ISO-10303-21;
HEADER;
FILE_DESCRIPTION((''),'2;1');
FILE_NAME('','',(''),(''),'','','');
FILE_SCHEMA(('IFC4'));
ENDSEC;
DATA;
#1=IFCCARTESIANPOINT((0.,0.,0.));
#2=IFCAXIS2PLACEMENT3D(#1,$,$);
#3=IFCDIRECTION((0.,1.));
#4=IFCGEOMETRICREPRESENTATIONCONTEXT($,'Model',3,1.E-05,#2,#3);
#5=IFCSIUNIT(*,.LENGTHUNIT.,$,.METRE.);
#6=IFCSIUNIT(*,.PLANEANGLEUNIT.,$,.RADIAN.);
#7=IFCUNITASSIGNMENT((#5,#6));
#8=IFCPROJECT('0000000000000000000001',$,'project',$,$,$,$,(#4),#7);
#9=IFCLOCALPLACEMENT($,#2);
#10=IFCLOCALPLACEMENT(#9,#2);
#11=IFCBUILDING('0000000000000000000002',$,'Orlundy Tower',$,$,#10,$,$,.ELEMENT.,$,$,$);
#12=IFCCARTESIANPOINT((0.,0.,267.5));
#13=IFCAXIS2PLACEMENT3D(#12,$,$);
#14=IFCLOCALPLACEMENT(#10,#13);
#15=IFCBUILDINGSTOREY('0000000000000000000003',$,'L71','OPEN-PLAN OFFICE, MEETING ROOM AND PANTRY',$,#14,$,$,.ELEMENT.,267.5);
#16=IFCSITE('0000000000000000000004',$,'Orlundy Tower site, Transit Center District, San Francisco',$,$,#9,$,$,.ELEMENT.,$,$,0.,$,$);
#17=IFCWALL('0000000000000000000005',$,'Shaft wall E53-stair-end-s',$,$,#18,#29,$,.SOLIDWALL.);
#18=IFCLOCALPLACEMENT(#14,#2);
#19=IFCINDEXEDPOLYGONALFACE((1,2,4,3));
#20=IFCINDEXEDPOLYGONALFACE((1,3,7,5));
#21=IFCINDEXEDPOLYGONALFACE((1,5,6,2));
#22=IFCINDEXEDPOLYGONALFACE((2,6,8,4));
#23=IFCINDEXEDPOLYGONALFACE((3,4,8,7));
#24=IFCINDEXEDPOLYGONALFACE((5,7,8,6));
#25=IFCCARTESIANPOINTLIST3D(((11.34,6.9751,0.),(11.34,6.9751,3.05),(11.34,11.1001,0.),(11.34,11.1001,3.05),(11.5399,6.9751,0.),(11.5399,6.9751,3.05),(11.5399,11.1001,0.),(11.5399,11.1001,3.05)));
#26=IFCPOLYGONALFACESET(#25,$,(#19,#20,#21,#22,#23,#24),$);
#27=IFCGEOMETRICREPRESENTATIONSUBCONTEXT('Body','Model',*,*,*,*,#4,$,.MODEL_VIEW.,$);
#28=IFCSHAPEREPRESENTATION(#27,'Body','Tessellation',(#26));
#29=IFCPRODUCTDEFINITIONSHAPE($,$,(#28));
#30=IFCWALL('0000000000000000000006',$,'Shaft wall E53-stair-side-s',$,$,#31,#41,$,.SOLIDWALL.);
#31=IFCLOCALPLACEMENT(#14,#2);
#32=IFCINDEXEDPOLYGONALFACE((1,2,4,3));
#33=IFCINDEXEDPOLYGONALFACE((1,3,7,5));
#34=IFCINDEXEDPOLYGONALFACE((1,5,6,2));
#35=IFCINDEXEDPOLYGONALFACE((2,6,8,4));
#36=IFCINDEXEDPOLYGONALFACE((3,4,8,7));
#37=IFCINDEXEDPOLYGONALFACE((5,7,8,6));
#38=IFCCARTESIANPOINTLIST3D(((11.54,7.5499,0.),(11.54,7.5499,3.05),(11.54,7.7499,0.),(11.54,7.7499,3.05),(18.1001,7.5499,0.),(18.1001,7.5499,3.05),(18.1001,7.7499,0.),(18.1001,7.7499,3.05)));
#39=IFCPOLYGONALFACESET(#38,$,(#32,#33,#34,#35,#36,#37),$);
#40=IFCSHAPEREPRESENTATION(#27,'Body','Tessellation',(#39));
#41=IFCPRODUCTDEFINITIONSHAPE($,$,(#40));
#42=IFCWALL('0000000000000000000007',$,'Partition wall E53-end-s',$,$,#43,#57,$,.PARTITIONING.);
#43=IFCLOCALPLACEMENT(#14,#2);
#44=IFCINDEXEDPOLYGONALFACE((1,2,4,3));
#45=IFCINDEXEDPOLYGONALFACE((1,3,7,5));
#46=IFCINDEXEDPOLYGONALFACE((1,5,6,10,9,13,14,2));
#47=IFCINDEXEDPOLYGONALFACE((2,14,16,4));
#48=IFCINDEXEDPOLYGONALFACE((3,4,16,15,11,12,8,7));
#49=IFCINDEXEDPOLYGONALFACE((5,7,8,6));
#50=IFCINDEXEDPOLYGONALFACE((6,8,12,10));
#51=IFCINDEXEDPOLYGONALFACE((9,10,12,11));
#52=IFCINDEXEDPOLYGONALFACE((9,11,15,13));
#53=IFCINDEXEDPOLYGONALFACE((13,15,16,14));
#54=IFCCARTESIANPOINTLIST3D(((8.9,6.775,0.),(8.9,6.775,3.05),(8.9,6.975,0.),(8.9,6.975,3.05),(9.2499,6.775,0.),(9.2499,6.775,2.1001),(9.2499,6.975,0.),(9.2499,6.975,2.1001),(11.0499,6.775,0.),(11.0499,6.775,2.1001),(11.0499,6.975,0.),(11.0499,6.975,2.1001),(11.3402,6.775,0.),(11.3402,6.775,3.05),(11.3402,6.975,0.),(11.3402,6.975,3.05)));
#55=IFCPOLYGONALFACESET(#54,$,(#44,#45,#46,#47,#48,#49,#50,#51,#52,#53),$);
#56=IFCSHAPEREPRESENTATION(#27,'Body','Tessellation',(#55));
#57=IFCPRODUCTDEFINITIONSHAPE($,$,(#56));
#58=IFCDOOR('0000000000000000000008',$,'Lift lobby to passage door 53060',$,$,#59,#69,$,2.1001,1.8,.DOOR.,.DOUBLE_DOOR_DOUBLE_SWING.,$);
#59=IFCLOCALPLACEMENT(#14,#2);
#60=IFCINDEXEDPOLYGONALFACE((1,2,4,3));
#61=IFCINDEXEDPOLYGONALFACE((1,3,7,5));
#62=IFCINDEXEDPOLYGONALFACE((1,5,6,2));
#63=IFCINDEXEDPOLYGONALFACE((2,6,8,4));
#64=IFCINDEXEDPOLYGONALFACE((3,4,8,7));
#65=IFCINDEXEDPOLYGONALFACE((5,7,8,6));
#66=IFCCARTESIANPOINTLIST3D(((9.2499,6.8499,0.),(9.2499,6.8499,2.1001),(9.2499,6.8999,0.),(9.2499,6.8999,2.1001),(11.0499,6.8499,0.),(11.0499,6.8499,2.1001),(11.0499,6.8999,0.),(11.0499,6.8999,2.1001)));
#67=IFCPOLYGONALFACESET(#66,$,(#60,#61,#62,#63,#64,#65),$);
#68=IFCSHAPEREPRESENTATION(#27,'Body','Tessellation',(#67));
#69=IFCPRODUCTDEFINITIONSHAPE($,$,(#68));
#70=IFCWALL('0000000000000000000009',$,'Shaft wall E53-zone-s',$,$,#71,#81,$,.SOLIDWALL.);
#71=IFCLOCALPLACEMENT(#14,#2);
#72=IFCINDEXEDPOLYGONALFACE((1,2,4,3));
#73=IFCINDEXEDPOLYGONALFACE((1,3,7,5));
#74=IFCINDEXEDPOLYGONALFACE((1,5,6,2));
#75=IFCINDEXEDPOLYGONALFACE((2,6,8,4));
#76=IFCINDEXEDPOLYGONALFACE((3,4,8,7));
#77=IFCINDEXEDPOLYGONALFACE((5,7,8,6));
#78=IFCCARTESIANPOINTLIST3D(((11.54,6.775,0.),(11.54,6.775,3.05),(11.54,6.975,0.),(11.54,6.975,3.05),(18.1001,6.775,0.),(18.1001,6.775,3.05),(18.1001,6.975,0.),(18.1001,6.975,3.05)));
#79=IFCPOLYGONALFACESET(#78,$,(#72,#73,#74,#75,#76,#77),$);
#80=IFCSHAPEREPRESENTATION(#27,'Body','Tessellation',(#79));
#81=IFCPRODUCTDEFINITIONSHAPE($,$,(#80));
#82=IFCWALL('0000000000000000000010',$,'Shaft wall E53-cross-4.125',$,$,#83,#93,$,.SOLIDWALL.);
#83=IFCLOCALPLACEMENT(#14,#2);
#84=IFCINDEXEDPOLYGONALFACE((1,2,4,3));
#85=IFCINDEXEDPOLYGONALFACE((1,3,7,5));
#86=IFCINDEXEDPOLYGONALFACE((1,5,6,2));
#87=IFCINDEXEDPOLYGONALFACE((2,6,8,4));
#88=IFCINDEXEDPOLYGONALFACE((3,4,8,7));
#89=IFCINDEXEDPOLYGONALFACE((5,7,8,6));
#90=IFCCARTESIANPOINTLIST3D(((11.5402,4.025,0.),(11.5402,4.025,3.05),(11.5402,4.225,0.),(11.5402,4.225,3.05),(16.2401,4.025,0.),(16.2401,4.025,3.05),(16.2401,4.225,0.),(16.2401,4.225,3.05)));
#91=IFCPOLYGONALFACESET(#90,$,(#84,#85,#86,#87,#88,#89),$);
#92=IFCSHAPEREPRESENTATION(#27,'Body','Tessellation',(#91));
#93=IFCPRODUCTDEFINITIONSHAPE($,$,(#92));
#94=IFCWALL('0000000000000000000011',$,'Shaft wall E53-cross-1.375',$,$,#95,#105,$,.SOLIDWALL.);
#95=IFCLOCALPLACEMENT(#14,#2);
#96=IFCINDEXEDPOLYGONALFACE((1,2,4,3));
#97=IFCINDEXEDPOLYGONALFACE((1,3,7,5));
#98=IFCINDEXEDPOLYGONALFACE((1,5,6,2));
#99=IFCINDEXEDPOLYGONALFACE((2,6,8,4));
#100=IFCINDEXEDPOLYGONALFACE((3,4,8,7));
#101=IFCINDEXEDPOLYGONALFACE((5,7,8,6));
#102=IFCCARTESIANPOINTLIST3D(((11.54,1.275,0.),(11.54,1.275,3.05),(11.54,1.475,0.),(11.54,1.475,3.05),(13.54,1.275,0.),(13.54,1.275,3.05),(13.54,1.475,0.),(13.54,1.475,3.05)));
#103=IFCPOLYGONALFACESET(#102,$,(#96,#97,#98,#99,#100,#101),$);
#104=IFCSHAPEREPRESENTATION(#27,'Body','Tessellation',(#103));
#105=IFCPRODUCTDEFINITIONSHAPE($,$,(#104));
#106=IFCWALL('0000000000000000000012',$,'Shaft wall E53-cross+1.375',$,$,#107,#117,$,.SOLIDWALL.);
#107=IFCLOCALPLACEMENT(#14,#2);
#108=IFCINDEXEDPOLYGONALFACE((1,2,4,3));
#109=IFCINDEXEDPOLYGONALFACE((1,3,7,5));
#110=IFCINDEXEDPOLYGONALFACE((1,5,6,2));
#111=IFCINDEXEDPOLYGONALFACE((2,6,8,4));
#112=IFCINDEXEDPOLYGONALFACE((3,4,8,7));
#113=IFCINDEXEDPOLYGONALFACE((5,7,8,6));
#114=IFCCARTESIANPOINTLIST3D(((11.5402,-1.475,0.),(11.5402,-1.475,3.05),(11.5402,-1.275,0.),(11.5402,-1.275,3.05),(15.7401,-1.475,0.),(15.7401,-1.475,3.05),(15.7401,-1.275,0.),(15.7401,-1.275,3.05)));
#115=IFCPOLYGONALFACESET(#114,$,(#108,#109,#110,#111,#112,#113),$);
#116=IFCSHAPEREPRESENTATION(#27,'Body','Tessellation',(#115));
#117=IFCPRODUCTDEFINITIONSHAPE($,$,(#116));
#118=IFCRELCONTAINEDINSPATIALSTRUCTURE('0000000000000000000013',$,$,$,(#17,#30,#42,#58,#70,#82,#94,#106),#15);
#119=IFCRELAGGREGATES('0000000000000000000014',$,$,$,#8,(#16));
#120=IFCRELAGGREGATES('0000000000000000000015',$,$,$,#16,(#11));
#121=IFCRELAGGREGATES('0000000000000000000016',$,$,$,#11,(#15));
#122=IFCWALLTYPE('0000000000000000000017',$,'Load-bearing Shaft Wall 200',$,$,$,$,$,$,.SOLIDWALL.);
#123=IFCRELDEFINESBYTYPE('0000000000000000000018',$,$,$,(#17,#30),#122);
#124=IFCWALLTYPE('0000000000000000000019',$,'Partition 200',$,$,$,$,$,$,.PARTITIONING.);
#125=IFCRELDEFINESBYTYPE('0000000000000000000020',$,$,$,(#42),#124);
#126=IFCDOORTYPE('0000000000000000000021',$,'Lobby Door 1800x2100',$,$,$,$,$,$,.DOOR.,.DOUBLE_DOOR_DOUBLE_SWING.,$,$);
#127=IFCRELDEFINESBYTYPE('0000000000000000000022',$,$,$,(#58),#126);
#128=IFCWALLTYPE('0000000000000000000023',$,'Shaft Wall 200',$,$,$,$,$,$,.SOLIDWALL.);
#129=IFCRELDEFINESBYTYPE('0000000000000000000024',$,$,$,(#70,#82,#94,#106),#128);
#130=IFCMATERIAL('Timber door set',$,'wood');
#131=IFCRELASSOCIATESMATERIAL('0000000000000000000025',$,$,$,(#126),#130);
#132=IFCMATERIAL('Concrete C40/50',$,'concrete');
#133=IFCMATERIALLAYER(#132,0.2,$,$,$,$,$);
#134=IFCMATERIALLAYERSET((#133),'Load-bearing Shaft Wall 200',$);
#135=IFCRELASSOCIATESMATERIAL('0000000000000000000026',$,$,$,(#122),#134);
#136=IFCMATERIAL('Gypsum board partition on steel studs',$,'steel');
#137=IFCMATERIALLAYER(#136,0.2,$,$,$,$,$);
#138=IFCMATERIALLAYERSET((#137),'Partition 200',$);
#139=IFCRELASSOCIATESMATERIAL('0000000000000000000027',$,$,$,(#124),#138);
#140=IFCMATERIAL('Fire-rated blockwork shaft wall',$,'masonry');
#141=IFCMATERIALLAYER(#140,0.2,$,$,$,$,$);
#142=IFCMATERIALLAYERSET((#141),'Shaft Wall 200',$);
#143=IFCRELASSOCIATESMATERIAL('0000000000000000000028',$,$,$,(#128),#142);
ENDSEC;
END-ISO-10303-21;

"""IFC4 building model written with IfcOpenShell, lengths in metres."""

from ifc_helpers import new_model, si_unit, direction, frame, frame_2d, origin, place, context, subcontext, project, spatial, rectangle, extrude, material, layer, layer_set, type_object, element, fill, save


model = new_model("IFC4")

# Units and contexts
model_context = context("Model", 3, precision=1e-05, world=origin(), true_north=direction((0.0, 1.0)))
body_context = subcontext(model_context, "Body", "Model", "MODEL_VIEW")
ifc_project = project(units=[si_unit("LENGTHUNIT", "METRE"), si_unit("PLANEANGLEUNIT", "RADIAN")], contexts=[model_context])

# Site, building, storey
site_placement = place(None, origin())
site = spatial("IfcSite", under=ifc_project, at=site_placement, Name="Orlundy Tower site, Transit Center District, San Francisco", CompositionType="ELEMENT", RefElevation=0.0)
building_placement = place(site_placement, origin())
building = spatial("IfcBuilding", under=site, at=building_placement, Name="Orlundy Tower", CompositionType="ELEMENT")
storey_placement = place(building_placement, frame((0.0, 0.0, 267.5)))
storey = spatial("IfcBuildingStorey", under=building, at=storey_placement, Name="L71", Description="OPEN-PLAN OFFICE, MEETING ROOM AND PANTRY", CompositionType="ELEMENT", Elevation=267.5)

# Shared definitions
ifc_material_1 = material(Name="Timber door set", Category="wood")
door_type_1 = type_object("IfcDoorType", Name="Lobby Door 1800x2100", OperationType="DOUBLE_DOOR_DOUBLE_SWING", PredefinedType="DOOR", material=ifc_material_1)

# Walls
ifc_material_2 = material(Name="Concrete C40/50", Category="concrete")
ifc_layer_1 = layer(ifc_material_2, 0.2)
ifc_layer_set_1 = layer_set([ifc_layer_1], Name="Load-bearing Shaft Wall 200")
wall_type_1 = type_object("IfcWallType", Name="Load-bearing Shaft Wall 200", PredefinedType="SOLIDWALL", material=ifc_layer_set_1)
wall_1_placement = place(storey_placement, frame((11.4399, 11.1001, 0.0), z_axis=(0.0, 0.0, 1.0), x_axis=(0.0, -1.0, 0.0)))
element("IfcWall", 1, at=wall_1_placement, inside=storey, type_object=wall_type_1, Name="Shaft wall E53-stair-end-s", PredefinedType="SOLIDWALL", context=body_context, shape_type="SweptSolid", body=[
    extrude(rectangle(XDim=4.125, YDim=0.2, at=frame_2d((2.0625, 0.0))), origin(), (0.0, 0.0, 1.0), 3.05),
])
wall_2_placement = place(storey_placement, frame((11.54, 7.6499, 0.0), z_axis=(0.0, 0.0, 1.0), x_axis=(1.0, 0.0, 0.0)))
element("IfcWall", 2, at=wall_2_placement, inside=storey, type_object=wall_type_1, Name="Shaft wall E53-stair-side-s", PredefinedType="SOLIDWALL", context=body_context, shape_type="SweptSolid", body=[
    extrude(rectangle(XDim=6.5601, YDim=0.2, at=frame_2d((3.28, 0.0))), origin(), (0.0, 0.0, 1.0), 3.05),
])

# Wall, opening, door
ifc_material_3 = material(Name="Gypsum board partition on steel studs", Category="steel")
ifc_layer_2 = layer(ifc_material_3, 0.2)
ifc_layer_set_2 = layer_set([ifc_layer_2], Name="Partition 200")
wall_type_2 = type_object("IfcWallType", Name="Partition 200", PredefinedType="PARTITIONING", material=ifc_layer_set_2)
wall_3_placement = place(storey_placement, frame((8.8999, 6.875, 0.0), z_axis=(0.0, 0.0, 1.0), x_axis=(1.0, 0.0, 0.0)))
wall_3 = element("IfcWall", 3, at=wall_3_placement, inside=storey, type_object=wall_type_2, Name="Partition wall E53-end-s", PredefinedType="PARTITIONING", context=body_context, shape_type="SweptSolid", body=[
    extrude(rectangle(XDim=2.4402, YDim=0.2, at=frame_2d((1.2202, 0.0))), origin(), (0.0, 0.0, 1.0), 3.05),
])
opening_1_placement = place(wall_3_placement, frame((0.3501, 0.0, 0.0)))
opening_1 = element("IfcOpeningElement", 4, at=opening_1_placement, cuts=wall_3, PredefinedType="OPENING", context=body_context, shape_type="SweptSolid", body=[
    extrude(rectangle(XDim=1.8, YDim=2.1001, at=frame_2d((0.8999, 1.05))), frame((0.0, 0.1101, 0.0), z_axis=(0.0, -1.0, 0.0), x_axis=(1.0, 0.0, 0.0)), (0.0, 0.0, 1.0), 0.2202),
])
door_1_placement = place(opening_1_placement, origin())
door_1 = element("IfcDoor", 5, at=door_1_placement, inside=storey, type_object=door_type_1, Name="Lift lobby to passage door 53060", OperationType="DOUBLE_DOOR_DOUBLE_SWING", OverallHeight=2.1001, OverallWidth=1.8, PredefinedType="DOOR", context=body_context, shape_type="SweptSolid", body=[
    extrude(rectangle(XDim=1.8, YDim=2.1001, at=frame_2d((0.8999, 1.05))), frame((0.0, 0.0249, 0.0), z_axis=(0.0, -1.0, 0.0), x_axis=(1.0, 0.0, 0.0)), (0.0, 0.0, 1.0), 0.05),
])
fill(opening_1, door_1)

# Walls
ifc_material_4 = material(Name="Fire-rated blockwork shaft wall", Category="masonry")
ifc_layer_3 = layer(ifc_material_4, 0.2)
ifc_layer_set_3 = layer_set([ifc_layer_3], Name="Shaft Wall 200")
wall_type_3 = type_object("IfcWallType", Name="Shaft Wall 200", PredefinedType="SOLIDWALL", material=ifc_layer_set_3)
wall_4_placement = place(storey_placement, frame((11.54, 6.875, 0.0), z_axis=(0.0, 0.0, 1.0), x_axis=(1.0, 0.0, 0.0)))
element("IfcWall", 6, at=wall_4_placement, inside=storey, type_object=wall_type_3, Name="Shaft wall E53-zone-s", PredefinedType="SOLIDWALL", context=body_context, shape_type="SweptSolid", body=[
    extrude(rectangle(XDim=6.5601, YDim=0.2, at=frame_2d((3.28, 0.0))), origin(), (0.0, 0.0, 1.0), 3.05),
])
wall_5_placement = place(storey_placement, frame((11.54, 4.125, 0.0), z_axis=(0.0, 0.0, 1.0), x_axis=(1.0, 0.0, 0.0)))
element("IfcWall", 7, at=wall_5_placement, inside=storey, type_object=wall_type_3, Name="Shaft wall E53-cross-4.125", PredefinedType="SOLIDWALL", context=body_context, shape_type="SweptSolid", body=[
    extrude(rectangle(XDim=4.7, YDim=0.2, at=frame_2d((2.3501, 0.0))), origin(), (0.0, 0.0, 1.0), 3.05),
])
wall_6_placement = place(storey_placement, frame((11.54, 1.375, 0.0), z_axis=(0.0, 0.0, 1.0), x_axis=(1.0, 0.0, 0.0)))
element("IfcWall", 8, at=wall_6_placement, inside=storey, type_object=wall_type_3, Name="Shaft wall E53-cross-1.375", PredefinedType="SOLIDWALL", context=body_context, shape_type="SweptSolid", body=[
    extrude(rectangle(XDim=2.0, YDim=0.2, at=frame_2d((1.0, 0.0))), origin(), (0.0, 0.0, 1.0), 3.05),
])
wall_7_placement = place(storey_placement, frame((11.54, -1.375, 0.0), z_axis=(0.0, 0.0, 1.0), x_axis=(1.0, 0.0, 0.0)))
element("IfcWall", 9, at=wall_7_placement, inside=storey, type_object=wall_type_3, Name="Shaft wall E53-cross+1.375", PredefinedType="SOLIDWALL", context=body_context, shape_type="SweptSolid", body=[
    extrude(rectangle(XDim=4.2, YDim=0.2, at=frame_2d((2.1001, 0.0))), origin(), (0.0, 0.0, 1.0), 3.05),
])

save(model, "model.ifc")
